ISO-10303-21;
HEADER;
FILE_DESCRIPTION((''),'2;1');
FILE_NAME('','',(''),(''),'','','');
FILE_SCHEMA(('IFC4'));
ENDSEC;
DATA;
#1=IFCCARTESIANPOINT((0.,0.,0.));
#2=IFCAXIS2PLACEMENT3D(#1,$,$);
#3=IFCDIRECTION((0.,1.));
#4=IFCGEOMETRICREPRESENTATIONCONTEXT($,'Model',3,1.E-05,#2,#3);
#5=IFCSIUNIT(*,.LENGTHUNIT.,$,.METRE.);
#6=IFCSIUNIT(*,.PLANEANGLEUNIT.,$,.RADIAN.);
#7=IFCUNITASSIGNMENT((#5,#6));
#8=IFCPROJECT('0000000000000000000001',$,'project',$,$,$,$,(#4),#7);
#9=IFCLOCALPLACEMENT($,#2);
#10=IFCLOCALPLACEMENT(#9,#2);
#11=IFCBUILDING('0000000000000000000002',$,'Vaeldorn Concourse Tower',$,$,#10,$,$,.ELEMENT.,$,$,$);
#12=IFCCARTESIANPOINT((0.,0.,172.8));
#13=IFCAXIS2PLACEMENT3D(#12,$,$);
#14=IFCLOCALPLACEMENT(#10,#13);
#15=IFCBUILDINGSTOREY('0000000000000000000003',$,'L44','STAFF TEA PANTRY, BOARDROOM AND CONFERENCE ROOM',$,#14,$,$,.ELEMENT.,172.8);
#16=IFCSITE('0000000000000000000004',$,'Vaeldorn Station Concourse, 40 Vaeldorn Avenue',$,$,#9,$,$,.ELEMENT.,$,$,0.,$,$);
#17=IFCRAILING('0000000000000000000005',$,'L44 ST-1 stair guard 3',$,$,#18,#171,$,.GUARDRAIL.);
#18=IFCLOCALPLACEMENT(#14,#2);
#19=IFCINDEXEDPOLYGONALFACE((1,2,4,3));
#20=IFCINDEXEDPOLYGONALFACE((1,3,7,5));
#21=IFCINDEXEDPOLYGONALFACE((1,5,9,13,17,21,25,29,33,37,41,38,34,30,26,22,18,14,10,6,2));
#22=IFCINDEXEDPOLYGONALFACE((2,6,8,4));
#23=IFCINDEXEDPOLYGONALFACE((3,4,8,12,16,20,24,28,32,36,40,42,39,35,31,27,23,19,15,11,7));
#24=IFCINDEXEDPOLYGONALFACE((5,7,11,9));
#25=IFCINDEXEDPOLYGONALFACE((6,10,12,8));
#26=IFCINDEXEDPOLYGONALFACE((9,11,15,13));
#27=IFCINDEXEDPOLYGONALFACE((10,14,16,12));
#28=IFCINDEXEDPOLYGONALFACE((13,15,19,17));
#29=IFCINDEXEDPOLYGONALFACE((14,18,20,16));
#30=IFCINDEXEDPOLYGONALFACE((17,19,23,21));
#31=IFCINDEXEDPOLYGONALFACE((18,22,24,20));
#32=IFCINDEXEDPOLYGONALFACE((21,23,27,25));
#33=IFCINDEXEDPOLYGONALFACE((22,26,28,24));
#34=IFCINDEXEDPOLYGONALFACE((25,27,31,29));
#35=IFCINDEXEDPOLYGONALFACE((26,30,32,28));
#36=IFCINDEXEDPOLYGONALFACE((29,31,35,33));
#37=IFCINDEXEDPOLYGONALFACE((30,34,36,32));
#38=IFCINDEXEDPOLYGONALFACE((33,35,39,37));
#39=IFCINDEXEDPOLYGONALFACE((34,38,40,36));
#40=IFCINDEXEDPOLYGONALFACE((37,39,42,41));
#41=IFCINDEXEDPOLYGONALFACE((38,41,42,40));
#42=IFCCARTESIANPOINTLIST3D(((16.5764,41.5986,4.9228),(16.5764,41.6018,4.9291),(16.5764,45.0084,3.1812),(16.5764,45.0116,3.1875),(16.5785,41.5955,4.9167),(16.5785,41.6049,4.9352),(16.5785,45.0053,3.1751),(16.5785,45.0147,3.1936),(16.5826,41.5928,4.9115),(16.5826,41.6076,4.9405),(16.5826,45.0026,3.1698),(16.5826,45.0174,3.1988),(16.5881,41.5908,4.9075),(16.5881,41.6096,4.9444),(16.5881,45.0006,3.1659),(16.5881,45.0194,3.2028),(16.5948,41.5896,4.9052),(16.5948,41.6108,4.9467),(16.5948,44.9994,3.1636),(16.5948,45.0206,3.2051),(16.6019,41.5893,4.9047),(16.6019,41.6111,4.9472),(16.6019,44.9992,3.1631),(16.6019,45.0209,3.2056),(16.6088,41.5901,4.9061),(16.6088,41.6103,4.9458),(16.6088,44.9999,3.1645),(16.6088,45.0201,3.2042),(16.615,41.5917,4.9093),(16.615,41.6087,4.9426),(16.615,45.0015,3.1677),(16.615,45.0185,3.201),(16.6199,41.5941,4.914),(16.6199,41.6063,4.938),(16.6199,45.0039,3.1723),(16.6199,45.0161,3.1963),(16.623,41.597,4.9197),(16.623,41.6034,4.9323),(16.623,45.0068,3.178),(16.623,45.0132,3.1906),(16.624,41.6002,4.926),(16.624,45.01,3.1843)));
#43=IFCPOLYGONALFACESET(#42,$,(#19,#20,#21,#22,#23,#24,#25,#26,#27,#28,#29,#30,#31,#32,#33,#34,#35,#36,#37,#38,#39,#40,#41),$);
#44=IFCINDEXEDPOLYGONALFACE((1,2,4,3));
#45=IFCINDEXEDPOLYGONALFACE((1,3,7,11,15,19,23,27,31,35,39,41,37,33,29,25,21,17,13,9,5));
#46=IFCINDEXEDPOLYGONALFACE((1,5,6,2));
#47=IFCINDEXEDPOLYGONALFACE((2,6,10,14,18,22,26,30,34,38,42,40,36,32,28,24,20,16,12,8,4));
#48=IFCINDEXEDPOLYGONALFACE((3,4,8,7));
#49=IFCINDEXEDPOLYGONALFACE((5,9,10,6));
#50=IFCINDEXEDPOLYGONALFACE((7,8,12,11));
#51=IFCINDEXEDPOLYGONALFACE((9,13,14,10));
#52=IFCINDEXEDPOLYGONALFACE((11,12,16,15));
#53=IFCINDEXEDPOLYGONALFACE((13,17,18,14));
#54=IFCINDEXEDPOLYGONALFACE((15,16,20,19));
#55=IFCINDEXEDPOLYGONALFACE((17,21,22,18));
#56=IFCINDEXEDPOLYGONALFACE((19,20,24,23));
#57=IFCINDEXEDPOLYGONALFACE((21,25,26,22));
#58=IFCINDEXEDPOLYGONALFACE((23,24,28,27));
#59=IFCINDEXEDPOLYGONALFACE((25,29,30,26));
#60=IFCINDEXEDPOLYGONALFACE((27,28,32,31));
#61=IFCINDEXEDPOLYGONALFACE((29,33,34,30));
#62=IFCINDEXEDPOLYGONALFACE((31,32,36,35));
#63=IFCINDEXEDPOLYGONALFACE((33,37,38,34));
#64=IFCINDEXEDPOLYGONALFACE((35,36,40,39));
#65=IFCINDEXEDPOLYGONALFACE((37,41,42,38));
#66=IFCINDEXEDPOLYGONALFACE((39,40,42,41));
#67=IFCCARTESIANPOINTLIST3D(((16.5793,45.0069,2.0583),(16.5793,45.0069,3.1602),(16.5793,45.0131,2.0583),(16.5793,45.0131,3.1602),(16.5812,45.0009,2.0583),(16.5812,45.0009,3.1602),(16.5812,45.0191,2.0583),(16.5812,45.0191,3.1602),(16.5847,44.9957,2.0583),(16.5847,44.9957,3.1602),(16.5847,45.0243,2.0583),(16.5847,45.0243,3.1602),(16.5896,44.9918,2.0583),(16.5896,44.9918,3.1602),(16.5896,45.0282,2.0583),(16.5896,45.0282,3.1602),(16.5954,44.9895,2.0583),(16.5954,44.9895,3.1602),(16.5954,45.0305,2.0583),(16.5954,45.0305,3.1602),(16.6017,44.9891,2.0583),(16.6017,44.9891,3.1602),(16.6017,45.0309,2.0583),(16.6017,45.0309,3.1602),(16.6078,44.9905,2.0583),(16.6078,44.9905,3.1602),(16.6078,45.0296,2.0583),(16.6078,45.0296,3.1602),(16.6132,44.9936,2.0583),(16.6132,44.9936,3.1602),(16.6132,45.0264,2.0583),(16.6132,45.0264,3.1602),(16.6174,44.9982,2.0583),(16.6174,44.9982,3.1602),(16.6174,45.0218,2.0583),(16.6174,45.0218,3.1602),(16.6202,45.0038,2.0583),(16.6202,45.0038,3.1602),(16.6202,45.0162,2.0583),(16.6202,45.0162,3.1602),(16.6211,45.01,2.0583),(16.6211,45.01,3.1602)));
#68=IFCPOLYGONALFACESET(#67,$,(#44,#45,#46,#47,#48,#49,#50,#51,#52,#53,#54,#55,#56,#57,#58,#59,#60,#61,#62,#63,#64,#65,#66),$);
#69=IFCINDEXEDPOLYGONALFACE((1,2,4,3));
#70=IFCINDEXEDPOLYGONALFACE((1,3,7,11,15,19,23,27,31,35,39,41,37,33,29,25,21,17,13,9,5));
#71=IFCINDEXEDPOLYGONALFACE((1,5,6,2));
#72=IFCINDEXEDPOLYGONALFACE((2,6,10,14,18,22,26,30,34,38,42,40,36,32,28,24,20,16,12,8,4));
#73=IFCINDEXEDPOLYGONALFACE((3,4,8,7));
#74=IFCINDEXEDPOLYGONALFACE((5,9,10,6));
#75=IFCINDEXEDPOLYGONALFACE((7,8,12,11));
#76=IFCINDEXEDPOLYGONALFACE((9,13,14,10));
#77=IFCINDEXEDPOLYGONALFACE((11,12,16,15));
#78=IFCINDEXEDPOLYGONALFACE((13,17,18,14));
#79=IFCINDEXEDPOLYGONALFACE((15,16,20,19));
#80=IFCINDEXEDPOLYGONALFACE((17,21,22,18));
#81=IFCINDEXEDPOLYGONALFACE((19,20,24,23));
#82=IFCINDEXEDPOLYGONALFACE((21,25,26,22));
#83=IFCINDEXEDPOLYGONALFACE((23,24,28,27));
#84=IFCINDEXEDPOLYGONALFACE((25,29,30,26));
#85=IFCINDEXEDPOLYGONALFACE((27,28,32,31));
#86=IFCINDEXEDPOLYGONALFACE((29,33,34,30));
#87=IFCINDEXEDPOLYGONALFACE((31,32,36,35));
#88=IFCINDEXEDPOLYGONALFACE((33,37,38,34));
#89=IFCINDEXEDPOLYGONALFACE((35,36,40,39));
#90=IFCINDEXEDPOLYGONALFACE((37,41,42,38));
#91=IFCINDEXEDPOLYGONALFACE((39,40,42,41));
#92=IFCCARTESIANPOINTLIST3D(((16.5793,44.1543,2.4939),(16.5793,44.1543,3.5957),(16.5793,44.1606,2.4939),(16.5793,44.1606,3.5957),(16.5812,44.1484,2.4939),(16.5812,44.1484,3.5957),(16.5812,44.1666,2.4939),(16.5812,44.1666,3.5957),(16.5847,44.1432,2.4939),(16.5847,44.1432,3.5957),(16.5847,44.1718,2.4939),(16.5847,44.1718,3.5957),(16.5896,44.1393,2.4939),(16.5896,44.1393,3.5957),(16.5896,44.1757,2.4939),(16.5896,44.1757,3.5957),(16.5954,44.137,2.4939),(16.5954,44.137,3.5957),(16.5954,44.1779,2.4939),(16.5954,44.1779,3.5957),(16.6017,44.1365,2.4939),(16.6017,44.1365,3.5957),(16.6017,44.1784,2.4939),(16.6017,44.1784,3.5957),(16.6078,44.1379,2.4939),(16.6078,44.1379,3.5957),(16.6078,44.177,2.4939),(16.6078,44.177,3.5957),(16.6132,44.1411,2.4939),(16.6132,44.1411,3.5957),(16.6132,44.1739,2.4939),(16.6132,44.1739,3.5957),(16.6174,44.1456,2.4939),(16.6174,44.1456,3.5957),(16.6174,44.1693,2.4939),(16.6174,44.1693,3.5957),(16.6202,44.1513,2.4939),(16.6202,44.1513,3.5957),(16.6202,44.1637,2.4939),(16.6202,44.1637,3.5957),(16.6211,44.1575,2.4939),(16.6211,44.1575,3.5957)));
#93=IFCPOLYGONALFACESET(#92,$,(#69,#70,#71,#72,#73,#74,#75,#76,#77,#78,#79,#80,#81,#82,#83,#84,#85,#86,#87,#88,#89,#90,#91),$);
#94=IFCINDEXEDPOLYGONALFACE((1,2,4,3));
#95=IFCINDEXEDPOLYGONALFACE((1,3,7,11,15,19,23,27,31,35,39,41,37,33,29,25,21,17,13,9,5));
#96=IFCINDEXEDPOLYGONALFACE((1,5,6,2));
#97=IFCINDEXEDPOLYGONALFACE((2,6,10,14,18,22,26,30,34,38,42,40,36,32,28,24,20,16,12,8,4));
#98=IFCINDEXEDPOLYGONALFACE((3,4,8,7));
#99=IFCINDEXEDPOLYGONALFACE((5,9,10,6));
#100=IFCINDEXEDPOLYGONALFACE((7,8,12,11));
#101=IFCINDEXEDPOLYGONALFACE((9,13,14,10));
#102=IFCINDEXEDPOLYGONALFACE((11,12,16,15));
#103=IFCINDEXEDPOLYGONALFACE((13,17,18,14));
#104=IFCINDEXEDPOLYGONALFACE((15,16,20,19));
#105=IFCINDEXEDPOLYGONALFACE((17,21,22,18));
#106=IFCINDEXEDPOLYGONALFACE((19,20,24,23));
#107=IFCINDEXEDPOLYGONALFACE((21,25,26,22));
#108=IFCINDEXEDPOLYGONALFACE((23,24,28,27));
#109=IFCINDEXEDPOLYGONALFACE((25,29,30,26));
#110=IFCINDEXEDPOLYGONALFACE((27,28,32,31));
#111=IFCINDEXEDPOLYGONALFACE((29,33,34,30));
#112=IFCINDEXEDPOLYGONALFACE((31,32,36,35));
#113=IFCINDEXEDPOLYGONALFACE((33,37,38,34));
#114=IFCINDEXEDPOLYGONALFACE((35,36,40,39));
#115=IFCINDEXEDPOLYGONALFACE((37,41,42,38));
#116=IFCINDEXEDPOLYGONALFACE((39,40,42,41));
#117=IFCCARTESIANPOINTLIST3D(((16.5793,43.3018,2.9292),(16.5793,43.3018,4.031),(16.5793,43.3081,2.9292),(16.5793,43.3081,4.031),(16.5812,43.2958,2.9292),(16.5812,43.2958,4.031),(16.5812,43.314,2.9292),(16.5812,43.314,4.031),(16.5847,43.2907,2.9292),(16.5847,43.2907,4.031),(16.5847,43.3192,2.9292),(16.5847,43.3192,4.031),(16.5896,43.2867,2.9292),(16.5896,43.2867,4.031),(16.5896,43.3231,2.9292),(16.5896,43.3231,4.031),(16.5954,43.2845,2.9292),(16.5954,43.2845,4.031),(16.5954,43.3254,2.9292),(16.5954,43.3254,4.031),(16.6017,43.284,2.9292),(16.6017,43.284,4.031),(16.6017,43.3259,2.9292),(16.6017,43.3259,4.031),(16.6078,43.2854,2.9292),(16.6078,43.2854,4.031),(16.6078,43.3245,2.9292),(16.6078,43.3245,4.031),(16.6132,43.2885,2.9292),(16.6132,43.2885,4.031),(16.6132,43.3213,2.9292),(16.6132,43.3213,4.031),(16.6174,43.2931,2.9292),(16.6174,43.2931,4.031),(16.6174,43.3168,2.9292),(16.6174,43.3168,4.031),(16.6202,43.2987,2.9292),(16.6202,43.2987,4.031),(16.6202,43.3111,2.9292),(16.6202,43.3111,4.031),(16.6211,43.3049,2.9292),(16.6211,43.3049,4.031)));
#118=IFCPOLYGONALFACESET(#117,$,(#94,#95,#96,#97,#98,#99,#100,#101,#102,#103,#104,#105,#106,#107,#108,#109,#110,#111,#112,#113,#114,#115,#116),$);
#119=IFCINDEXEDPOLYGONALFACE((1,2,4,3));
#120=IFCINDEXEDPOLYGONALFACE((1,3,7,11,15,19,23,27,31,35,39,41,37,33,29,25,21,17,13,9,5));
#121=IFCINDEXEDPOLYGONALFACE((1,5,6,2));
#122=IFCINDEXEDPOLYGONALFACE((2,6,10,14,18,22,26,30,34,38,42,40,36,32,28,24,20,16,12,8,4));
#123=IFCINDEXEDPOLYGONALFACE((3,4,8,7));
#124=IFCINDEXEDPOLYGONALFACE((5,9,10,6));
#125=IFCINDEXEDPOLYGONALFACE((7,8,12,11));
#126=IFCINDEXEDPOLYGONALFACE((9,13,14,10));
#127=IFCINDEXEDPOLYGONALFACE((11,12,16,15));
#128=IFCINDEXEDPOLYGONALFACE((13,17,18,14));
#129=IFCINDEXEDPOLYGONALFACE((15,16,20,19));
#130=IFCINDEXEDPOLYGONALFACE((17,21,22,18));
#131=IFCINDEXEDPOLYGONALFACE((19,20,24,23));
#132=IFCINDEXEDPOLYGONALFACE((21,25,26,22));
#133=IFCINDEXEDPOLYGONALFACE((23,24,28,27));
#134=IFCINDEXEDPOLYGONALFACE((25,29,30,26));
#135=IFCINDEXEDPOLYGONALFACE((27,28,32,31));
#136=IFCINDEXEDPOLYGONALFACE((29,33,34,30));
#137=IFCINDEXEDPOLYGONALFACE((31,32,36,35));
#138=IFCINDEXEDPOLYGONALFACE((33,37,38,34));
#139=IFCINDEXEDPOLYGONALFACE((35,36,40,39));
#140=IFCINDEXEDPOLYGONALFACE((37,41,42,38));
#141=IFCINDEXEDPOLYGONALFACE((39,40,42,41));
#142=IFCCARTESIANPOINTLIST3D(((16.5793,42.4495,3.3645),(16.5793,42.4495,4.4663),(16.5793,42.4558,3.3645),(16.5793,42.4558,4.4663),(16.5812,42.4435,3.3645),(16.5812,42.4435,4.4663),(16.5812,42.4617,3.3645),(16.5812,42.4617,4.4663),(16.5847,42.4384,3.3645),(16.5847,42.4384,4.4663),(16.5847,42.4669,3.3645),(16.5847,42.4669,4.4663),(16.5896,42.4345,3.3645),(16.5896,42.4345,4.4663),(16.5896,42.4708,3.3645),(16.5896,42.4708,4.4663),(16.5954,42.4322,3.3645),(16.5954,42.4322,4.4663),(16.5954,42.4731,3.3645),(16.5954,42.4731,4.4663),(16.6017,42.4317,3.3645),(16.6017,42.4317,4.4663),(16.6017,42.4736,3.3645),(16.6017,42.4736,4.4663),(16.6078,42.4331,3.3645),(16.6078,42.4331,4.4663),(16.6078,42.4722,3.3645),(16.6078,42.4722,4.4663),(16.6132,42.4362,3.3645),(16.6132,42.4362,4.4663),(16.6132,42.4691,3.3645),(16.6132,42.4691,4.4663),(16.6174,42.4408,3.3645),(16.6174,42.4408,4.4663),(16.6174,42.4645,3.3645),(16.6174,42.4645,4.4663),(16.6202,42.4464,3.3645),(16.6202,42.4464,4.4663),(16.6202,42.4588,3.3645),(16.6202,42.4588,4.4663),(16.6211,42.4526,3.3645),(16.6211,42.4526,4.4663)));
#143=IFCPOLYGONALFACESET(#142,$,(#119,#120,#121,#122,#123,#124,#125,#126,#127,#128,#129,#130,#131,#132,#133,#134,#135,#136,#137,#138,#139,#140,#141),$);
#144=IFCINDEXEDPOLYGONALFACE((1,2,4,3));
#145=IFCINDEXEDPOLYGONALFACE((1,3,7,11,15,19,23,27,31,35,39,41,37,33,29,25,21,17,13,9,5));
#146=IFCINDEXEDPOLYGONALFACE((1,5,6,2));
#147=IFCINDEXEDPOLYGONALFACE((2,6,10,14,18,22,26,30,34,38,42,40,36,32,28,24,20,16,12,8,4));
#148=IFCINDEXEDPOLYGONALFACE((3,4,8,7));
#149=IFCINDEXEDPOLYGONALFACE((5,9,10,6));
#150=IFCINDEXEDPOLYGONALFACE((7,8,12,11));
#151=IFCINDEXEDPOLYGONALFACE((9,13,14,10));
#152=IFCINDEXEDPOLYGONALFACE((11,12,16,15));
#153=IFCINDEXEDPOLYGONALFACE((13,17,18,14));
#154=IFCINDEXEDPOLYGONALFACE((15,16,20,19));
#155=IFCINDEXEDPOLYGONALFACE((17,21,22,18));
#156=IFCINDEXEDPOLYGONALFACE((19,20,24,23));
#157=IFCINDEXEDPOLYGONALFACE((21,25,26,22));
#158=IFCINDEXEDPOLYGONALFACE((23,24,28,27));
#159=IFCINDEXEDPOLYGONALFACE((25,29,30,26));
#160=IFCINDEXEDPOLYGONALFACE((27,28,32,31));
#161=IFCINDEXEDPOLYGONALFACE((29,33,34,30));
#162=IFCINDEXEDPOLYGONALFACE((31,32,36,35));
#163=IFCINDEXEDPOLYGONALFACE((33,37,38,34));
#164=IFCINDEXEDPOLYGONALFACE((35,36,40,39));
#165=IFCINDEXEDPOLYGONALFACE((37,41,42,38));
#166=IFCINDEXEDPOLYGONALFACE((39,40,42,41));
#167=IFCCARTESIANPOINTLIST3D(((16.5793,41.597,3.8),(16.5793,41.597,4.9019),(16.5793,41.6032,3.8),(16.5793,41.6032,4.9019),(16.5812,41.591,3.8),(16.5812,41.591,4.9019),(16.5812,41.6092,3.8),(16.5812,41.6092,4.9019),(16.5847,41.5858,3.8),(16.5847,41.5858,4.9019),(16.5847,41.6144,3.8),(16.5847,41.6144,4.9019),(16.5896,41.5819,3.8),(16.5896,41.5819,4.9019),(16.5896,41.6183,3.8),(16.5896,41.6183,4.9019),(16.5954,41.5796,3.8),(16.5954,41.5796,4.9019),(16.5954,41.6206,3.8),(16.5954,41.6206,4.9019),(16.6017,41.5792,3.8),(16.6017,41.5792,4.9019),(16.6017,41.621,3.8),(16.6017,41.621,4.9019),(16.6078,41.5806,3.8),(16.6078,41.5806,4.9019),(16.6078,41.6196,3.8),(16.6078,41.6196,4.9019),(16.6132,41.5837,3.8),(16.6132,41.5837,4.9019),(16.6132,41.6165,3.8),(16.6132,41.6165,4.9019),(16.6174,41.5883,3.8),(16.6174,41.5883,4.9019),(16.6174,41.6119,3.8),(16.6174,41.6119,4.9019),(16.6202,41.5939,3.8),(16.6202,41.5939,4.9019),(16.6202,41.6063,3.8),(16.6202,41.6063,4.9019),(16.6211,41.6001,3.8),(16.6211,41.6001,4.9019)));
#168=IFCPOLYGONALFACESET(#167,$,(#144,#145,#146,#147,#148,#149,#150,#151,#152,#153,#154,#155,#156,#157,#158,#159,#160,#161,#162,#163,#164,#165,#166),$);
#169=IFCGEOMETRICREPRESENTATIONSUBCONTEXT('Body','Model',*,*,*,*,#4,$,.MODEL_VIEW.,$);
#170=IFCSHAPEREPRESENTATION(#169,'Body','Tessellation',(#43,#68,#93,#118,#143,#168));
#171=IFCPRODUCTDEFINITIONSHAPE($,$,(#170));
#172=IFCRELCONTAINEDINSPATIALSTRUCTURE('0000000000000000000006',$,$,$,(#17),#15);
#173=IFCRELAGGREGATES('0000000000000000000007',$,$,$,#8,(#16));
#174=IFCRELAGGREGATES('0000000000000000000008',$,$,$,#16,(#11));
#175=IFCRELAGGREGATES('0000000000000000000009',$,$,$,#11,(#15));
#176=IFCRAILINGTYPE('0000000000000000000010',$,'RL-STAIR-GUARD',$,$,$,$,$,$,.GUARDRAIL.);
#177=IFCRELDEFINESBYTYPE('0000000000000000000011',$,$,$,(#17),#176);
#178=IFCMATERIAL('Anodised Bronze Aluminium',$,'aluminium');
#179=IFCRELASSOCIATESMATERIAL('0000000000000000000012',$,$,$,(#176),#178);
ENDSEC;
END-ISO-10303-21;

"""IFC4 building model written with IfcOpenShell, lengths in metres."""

from ifc_helpers import new_model, si_unit, direction, frame, origin, origin_2d, place, context, subcontext, project, spatial, circle, extrude, material, type_object, element, save


model = new_model("IFC4")

# Units and contexts
model_context = context("Model", 3, precision=1e-05, world=origin(), true_north=direction((0.0, 1.0)))
body_context = subcontext(model_context, "Body", "Model", "MODEL_VIEW")
ifc_project = project(units=[si_unit("LENGTHUNIT", "METRE"), si_unit("PLANEANGLEUNIT", "RADIAN")], contexts=[model_context])

# Site, building, storey
site_placement = place(None, origin())
site = spatial("IfcSite", under=ifc_project, at=site_placement, Name="Vaeldorn Station Concourse, 40 Vaeldorn Avenue", CompositionType="ELEMENT", RefElevation=0.0)
building_placement = place(site_placement, origin())
building = spatial("IfcBuilding", under=site, at=building_placement, Name="Vaeldorn Concourse Tower", CompositionType="ELEMENT")
storey_placement = place(building_placement, frame((0.0, 0.0, 172.8)))
storey = spatial("IfcBuildingStorey", under=building, at=storey_placement, Name="L44", Description="STAFF TEA PANTRY, BOARDROOM AND CONFERENCE ROOM", CompositionType="ELEMENT", Elevation=172.8)

# Railing
ifc_material_1 = material(Name="Anodised Bronze Aluminium", Category="aluminium")
railing_type_1 = type_object("IfcRailingType", Name="RL-STAIR-GUARD", PredefinedType="GUARDRAIL", material=ifc_material_1)
railing_1_placement = place(storey_placement, frame((16.6001, 45.01, 2.0583)))
element("IfcRailing", 1, at=railing_1_placement, inside=storey, type_object=railing_type_1, Name="L44 ST-1 stair guard 3", PredefinedType="GUARDRAIL", context=body_context, shape_type="SweptSolid", body=[
    extrude(circle(Radius=0.0239, at=origin_2d()), frame((0.0, 0.0, 1.126), z_axis=(0.0, -0.890556, 0.454874), x_axis=(1.0, 0.0, 0.0)), (0.0, 0.0, 1.0), 3.8289),
    extrude(circle(Radius=0.021, at=origin_2d()), origin(), (0.0, 0.0, 1.0), 1.1018),
    extrude(circle(Radius=0.021, at=origin_2d()), frame((0.0, -0.8525, 0.4355)), (0.0, 0.0, 1.0), 1.1018),
    extrude(circle(Radius=0.021, at=origin_2d()), frame((0.0, -1.7051, 0.8708)), (0.0, 0.0, 1.0), 1.1018),
    extrude(circle(Radius=0.021, at=origin_2d()), frame((0.0, -2.5574, 1.3062)), (0.0, 0.0, 1.0), 1.1018),
    extrude(circle(Radius=0.021, at=origin_2d()), frame((0.0, -3.4099, 1.7417)), (0.0, 0.0, 1.0), 1.1018),
])

save(model, "model.ifc")
